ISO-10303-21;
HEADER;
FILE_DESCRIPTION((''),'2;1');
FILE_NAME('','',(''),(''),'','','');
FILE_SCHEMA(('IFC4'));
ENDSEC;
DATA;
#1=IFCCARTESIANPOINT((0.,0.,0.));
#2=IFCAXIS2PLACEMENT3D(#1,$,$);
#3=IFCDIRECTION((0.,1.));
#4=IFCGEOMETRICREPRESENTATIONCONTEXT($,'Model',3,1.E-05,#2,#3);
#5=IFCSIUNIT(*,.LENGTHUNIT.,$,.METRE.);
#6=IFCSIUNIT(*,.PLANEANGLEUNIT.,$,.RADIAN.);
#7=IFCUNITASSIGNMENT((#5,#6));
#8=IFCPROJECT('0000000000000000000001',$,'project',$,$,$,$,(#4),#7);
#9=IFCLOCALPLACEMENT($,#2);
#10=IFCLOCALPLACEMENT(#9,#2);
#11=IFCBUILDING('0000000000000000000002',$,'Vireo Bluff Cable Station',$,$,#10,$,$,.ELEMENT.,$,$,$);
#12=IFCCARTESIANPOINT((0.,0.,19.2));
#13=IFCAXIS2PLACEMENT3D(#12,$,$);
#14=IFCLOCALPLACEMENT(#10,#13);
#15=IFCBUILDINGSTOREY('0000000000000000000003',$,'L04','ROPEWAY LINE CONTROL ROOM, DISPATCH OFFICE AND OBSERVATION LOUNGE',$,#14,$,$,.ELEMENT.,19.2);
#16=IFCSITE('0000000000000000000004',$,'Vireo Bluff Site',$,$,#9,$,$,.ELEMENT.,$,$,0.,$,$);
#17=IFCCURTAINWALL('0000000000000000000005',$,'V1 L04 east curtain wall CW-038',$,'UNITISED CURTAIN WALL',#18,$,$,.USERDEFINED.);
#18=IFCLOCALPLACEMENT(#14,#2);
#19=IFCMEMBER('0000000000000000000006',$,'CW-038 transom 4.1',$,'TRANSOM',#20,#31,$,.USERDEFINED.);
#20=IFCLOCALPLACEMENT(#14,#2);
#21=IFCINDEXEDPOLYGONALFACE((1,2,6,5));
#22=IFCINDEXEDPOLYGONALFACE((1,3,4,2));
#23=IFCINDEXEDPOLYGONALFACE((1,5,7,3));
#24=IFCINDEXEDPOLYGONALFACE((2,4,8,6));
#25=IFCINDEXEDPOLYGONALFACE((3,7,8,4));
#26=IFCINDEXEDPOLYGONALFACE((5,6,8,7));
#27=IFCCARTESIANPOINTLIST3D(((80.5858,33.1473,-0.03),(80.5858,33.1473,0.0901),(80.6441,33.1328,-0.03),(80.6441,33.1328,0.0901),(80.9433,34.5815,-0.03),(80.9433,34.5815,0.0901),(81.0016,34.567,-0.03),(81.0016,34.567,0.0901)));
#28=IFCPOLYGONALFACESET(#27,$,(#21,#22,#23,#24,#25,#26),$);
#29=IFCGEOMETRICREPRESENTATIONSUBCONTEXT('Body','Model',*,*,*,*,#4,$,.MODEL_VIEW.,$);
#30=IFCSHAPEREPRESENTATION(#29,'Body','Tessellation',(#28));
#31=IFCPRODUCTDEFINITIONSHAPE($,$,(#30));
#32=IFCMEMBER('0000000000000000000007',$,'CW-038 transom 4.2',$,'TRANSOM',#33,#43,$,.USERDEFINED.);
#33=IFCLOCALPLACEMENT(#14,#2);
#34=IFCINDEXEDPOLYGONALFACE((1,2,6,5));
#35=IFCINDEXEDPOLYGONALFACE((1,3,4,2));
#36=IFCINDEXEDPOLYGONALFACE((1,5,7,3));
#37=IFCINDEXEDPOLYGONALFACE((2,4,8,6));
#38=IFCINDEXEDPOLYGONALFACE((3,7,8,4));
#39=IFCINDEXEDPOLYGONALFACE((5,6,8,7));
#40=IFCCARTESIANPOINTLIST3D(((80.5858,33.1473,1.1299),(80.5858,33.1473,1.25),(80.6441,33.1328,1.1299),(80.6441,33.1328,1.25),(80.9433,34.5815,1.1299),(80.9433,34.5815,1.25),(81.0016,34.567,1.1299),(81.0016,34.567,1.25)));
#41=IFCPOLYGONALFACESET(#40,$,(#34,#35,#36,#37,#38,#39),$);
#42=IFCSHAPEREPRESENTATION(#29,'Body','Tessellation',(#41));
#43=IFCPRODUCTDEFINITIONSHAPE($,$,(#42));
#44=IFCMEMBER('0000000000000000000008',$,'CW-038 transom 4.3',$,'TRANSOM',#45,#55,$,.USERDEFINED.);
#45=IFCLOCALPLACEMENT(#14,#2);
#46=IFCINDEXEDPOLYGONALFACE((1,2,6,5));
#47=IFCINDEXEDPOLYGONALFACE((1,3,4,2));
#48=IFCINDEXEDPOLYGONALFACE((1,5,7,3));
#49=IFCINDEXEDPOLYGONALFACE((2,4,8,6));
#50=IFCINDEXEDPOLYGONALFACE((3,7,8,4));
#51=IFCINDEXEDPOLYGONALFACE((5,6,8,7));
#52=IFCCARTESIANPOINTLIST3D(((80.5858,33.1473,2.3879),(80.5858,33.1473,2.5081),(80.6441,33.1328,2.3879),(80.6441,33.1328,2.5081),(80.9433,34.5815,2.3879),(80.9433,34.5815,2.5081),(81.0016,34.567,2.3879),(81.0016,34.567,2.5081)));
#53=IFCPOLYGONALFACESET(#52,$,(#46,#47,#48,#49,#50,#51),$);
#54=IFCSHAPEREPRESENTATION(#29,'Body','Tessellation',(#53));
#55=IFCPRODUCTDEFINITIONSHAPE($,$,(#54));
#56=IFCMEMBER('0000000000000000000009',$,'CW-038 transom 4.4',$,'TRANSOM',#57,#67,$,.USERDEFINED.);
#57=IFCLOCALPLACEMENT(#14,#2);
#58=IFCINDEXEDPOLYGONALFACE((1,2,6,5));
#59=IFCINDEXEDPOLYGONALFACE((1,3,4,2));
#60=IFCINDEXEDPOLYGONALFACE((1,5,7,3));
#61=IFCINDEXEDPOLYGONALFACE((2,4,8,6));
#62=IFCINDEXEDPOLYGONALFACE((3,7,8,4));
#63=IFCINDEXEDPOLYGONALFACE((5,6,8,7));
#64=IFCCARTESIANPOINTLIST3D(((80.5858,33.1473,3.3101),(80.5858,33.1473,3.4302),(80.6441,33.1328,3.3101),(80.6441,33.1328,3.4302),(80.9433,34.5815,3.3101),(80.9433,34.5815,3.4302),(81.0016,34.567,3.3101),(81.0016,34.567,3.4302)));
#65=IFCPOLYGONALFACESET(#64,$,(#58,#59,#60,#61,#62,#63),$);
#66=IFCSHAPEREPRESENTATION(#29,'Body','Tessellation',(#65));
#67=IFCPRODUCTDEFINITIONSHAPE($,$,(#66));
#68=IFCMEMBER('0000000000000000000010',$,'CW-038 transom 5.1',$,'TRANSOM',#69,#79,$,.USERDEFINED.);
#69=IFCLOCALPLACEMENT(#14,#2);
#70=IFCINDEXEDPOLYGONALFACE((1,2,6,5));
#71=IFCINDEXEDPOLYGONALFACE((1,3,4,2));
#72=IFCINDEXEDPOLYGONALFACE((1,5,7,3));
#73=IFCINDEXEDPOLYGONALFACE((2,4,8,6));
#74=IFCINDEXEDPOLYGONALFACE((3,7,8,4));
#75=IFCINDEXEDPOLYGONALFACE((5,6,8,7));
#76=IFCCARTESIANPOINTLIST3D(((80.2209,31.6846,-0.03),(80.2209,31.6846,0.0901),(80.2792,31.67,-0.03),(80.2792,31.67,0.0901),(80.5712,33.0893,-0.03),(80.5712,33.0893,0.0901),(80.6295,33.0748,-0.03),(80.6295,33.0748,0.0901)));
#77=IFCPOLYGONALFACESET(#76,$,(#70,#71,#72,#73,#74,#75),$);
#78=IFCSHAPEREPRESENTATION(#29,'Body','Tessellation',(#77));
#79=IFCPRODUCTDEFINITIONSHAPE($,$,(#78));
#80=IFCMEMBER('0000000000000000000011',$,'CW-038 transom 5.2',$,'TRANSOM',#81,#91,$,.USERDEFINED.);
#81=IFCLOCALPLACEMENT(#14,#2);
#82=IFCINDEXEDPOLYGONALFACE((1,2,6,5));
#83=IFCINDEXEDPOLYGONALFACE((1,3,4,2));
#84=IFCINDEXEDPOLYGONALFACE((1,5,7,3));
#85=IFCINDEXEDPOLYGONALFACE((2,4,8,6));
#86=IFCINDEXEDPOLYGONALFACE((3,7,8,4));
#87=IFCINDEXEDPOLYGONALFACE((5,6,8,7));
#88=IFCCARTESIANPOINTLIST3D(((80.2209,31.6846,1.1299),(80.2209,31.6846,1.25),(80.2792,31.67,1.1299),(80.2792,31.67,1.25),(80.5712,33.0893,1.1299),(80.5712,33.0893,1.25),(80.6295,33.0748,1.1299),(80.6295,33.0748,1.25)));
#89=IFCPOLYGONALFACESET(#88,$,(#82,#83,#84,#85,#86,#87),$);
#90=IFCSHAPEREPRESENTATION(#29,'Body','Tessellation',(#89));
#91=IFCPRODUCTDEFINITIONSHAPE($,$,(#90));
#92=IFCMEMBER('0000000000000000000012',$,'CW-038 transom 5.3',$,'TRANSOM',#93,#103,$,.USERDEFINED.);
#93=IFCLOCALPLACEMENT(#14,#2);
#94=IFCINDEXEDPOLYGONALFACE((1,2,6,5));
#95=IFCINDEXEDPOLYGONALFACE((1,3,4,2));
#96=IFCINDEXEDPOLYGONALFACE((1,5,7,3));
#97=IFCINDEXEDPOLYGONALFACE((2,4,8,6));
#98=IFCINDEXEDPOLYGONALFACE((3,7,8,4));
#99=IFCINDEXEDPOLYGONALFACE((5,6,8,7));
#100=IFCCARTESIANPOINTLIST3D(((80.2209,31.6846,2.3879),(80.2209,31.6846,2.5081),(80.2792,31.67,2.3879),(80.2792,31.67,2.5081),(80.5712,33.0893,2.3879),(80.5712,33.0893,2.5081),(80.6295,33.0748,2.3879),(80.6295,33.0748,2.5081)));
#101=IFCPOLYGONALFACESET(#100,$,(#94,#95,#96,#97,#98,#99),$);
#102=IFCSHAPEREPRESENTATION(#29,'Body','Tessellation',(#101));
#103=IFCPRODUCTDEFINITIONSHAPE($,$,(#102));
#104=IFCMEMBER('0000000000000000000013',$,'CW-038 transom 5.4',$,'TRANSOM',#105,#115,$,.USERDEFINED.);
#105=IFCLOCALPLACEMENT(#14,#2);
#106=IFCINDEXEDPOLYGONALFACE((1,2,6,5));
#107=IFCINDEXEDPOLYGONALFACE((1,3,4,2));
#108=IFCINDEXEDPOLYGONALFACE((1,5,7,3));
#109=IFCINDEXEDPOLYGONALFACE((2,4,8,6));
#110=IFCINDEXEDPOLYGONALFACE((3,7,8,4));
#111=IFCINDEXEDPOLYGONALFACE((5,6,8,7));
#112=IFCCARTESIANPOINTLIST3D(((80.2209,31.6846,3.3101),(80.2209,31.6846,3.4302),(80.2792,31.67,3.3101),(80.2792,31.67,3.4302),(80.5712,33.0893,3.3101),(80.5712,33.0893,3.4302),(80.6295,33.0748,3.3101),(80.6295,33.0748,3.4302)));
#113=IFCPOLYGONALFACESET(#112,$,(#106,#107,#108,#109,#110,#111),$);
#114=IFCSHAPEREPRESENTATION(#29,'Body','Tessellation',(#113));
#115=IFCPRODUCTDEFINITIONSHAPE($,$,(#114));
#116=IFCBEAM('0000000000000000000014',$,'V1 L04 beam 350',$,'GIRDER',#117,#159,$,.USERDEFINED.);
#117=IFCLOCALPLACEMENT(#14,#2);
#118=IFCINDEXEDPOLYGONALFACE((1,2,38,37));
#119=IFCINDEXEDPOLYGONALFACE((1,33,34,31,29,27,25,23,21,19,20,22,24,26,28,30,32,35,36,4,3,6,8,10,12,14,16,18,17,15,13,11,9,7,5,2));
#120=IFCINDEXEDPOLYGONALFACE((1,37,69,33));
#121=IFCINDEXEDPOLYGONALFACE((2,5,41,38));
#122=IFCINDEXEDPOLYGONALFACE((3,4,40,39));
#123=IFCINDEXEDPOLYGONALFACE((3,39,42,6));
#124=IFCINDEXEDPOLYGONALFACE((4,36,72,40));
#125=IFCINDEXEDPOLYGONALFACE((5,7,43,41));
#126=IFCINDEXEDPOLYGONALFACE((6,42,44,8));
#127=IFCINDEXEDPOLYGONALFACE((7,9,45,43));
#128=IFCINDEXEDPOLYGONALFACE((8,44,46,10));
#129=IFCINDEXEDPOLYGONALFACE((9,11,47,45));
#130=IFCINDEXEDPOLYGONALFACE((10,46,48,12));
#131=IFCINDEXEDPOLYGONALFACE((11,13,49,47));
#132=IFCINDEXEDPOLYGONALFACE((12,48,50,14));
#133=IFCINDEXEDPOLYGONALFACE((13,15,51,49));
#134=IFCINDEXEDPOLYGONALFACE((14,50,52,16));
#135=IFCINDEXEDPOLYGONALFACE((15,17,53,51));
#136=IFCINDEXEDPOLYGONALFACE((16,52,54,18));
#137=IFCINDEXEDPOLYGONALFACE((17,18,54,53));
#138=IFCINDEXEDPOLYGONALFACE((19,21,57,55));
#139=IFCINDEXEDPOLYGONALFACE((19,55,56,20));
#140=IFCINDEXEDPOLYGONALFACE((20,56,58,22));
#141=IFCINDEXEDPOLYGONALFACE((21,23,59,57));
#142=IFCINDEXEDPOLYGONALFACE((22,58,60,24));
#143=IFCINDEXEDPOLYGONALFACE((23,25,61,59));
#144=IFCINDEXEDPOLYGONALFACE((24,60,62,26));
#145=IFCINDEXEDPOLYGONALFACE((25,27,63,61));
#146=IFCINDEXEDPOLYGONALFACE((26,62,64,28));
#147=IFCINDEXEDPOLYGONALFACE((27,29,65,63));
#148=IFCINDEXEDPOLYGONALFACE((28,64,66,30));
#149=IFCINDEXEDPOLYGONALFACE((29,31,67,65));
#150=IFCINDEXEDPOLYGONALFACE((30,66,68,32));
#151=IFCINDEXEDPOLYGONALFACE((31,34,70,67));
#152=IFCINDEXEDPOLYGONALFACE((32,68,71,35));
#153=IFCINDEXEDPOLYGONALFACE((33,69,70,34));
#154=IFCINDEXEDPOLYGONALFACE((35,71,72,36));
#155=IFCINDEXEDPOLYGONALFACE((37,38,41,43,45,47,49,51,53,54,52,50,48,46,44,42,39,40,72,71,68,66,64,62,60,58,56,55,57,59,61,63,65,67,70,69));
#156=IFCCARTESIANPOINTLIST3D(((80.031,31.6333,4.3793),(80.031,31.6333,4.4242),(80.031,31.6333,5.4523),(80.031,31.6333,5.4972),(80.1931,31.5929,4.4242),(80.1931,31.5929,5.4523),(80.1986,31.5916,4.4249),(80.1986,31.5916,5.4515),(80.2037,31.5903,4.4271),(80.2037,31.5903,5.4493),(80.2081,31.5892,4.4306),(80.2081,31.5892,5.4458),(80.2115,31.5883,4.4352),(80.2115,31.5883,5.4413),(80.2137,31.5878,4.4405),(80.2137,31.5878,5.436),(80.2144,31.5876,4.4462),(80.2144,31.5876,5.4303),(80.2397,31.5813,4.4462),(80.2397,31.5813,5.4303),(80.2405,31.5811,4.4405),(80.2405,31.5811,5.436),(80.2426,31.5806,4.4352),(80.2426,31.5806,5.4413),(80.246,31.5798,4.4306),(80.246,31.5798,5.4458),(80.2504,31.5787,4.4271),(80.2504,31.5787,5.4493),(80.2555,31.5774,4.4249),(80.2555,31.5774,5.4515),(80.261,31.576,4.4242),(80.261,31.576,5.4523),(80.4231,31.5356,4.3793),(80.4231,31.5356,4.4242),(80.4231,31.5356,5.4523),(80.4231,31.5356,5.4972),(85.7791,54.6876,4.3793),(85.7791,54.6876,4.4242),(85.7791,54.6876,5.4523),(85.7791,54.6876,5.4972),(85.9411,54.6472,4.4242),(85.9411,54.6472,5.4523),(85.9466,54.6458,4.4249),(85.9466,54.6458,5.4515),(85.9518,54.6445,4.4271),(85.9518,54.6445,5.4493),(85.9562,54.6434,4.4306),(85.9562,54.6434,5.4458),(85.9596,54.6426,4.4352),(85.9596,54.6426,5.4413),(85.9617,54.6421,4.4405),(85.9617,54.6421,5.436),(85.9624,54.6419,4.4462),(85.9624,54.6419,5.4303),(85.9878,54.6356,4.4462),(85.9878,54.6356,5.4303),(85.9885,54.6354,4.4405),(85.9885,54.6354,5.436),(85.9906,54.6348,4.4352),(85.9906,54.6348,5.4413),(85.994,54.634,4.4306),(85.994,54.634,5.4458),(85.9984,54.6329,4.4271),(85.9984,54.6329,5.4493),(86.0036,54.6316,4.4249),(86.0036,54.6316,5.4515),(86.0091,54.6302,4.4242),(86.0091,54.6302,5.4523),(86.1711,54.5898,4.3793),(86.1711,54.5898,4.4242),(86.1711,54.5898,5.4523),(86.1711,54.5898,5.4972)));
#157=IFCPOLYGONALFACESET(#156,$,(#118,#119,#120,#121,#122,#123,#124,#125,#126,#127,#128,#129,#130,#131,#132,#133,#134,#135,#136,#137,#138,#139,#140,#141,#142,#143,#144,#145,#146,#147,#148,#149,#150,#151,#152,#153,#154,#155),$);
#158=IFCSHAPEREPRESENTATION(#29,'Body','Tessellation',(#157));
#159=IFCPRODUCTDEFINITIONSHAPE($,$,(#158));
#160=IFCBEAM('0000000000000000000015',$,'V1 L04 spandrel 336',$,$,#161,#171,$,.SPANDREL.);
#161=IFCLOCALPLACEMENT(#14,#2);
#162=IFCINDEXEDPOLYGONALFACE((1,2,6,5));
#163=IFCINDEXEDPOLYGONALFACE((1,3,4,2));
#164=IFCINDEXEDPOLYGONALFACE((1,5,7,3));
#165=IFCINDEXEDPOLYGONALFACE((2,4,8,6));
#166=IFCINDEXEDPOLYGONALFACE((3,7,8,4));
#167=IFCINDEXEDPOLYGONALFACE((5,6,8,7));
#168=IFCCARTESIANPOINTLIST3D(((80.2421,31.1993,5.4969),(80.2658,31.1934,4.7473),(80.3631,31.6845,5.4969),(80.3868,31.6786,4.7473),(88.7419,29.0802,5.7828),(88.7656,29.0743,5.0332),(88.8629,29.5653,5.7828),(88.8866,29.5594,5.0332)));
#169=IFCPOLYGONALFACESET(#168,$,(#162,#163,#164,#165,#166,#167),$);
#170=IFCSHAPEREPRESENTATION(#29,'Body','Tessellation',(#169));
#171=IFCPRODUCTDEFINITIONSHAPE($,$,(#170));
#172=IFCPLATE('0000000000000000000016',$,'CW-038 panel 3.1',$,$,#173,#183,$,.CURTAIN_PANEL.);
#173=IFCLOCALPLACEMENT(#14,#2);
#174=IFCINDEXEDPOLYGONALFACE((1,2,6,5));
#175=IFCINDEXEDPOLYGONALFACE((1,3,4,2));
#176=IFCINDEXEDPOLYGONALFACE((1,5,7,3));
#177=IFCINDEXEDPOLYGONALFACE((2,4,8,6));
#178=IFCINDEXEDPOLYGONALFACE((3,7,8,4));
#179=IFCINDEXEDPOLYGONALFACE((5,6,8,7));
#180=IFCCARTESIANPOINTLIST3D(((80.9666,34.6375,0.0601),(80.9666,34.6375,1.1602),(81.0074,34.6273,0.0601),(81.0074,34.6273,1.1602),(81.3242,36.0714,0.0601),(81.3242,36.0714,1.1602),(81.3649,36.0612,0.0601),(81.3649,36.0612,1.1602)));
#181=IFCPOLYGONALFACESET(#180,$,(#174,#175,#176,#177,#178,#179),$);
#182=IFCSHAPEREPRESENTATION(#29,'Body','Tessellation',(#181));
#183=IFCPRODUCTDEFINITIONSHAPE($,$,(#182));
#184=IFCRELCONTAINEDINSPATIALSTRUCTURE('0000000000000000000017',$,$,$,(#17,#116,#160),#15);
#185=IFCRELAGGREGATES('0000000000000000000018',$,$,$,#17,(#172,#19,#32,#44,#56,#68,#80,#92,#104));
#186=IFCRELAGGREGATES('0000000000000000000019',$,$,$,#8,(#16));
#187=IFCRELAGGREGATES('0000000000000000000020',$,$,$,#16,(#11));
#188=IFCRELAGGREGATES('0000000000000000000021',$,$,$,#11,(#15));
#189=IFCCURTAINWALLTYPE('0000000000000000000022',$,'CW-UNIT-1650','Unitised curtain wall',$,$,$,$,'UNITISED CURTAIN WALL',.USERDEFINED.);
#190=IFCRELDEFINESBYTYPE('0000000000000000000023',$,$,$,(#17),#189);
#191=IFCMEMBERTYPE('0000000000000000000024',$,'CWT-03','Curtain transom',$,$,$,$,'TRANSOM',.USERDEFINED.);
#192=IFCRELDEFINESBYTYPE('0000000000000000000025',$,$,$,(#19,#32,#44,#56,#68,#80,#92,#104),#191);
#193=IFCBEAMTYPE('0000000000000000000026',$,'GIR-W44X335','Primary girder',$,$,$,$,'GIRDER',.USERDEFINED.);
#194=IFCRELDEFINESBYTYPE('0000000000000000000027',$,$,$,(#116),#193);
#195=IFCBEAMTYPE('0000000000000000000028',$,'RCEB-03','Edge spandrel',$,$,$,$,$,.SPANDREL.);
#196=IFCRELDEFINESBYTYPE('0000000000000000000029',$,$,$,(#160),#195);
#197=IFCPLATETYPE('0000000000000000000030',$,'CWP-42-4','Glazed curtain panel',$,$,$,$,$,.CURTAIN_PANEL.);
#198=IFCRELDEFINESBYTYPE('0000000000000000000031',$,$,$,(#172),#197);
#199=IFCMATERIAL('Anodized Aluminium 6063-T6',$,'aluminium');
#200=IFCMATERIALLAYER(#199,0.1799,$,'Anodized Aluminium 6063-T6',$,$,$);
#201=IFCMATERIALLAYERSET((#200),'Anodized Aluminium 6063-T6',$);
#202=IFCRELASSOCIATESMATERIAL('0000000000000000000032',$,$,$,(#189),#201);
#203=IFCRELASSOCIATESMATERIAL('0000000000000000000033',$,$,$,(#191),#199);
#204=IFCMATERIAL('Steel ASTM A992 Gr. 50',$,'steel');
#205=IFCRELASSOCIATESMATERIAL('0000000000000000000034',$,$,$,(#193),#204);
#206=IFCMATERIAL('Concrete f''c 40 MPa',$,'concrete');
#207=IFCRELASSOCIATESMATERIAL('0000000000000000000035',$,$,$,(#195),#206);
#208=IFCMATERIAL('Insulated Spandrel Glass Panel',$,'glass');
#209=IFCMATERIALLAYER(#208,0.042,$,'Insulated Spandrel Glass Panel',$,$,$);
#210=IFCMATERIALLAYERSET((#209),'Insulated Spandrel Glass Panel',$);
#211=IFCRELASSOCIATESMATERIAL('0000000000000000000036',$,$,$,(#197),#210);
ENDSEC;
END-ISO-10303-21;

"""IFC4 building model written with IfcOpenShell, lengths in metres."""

from ifc_helpers import new_model, si_unit, direction, frame, origin, origin_2d, place, context, subcontext, project, spatial, rectangle, i_section, extrude, material, layer, layer_set, material_profile, profile_set, type_object, element, aggregate, save


model = new_model("IFC4")

# Units and contexts
model_context = context("Model", 3, precision=1e-05, world=origin(), true_north=direction((0.0, 1.0)))
body_context = subcontext(model_context, "Body", "Model", "MODEL_VIEW")
ifc_project = project(units=[si_unit("LENGTHUNIT", "METRE"), si_unit("PLANEANGLEUNIT", "RADIAN")], contexts=[model_context])

# Site, building, storey
site_placement = place(None, origin())
site = spatial("IfcSite", under=ifc_project, at=site_placement, Name="Vireo Bluff Site", CompositionType="ELEMENT", RefElevation=0.0)
building_placement = place(site_placement, origin())
building = spatial("IfcBuilding", under=site, at=building_placement, Name="Vireo Bluff Cable Station", CompositionType="ELEMENT")
storey_placement = place(building_placement, frame((0.0, 0.0, 19.2)))
storey = spatial("IfcBuildingStorey", under=building, at=storey_placement, Name="L04", Description="ROPEWAY LINE CONTROL ROOM, DISPATCH OFFICE AND OBSERVATION LOUNGE", CompositionType="ELEMENT", Elevation=19.2)

# Shared definitions
ifc_material_1 = material(Name="Steel ASTM A992 Gr. 50", Category="steel")

# Curtain wall, members
ifc_material_2 = material(Name="Anodized Aluminium 6063-T6", Category="aluminium")
ifc_layer_1 = layer(ifc_material_2, 0.1799, Name="Anodized Aluminium 6063-T6")
ifc_layer_set_1 = layer_set([ifc_layer_1], Name="Anodized Aluminium 6063-T6")
curtain_wall_type = type_object("IfcCurtainWallType", Name="CW-UNIT-1650", Description="Unitised curtain wall", ElementType="UNITISED CURTAIN WALL", PredefinedType="USERDEFINED", material=ifc_layer_set_1)
curtain_wall_placement = place(storey_placement, origin())
curtain_wall = element("IfcCurtainWall", 1, at=curtain_wall_placement, inside=storey, type_object=curtain_wall_type, Name="V1 L04 east curtain wall CW-038", ObjectType="UNITISED CURTAIN WALL", PredefinedType="USERDEFINED")
ifc_material_profile_1 = material_profile(ifc_material_2, rectangle(XDim=0.0601, YDim=0.1201, at=origin_2d()), Name="ALU-T-60X120")
ifc_profile_set_1 = profile_set([ifc_material_profile_1], Name="Anodized Aluminium 6063-T6")
member_type_1 = type_object("IfcMemberType", Name="CWT-03", Description="Curtain transom", ElementType="TRANSOM", PredefinedType="USERDEFINED", material=ifc_profile_set_1)
member_1_placement = place(storey_placement, frame((80.9724, 34.5742, 0.03), z_axis=(-0.241836, -0.970317, 0.0), x_axis=(0.970317, -0.241836, 0.0)))
member_1 = element("IfcMember", 2, at=member_1_placement, type_object=member_type_1, Name="CW-038 transom 4.1", ObjectType="TRANSOM", PredefinedType="USERDEFINED", context=body_context, shape_type="SweptSolid", body=[
    extrude(rectangle(XDim=0.0601, YDim=0.1201, at=origin_2d()), origin(), (0.0, 0.0, 1.0), 1.478),
])
member_2_placement = place(storey_placement, frame((80.9724, 34.5742, 1.1899), z_axis=(-0.241836, -0.970317, 0.0), x_axis=(0.970317, -0.241836, 0.0)))
member_2 = element("IfcMember", 3, at=member_2_placement, type_object=member_type_1, Name="CW-038 transom 4.2", ObjectType="TRANSOM", PredefinedType="USERDEFINED", context=body_context, shape_type="SweptSolid", body=[
    extrude(rectangle(XDim=0.0601, YDim=0.1201, at=origin_2d()), origin(), (0.0, 0.0, 1.0), 1.478),
])
member_3_placement = place(storey_placement, frame((80.9724, 34.5742, 2.448), z_axis=(-0.241836, -0.970317, 0.0), x_axis=(0.970317, -0.241836, 0.0)))
member_3 = element("IfcMember", 4, at=member_3_placement, type_object=member_type_1, Name="CW-038 transom 4.3", ObjectType="TRANSOM", PredefinedType="USERDEFINED", context=body_context, shape_type="SweptSolid", body=[
    extrude(rectangle(XDim=0.0601, YDim=0.1201, at=origin_2d()), origin(), (0.0, 0.0, 1.0), 1.478),
])
member_4_placement = place(storey_placement, frame((80.9724, 34.5742, 3.3701), z_axis=(-0.241836, -0.970317, 0.0), x_axis=(0.970317, -0.241836, 0.0)))
member_4 = element("IfcMember", 5, at=member_4_placement, type_object=member_type_1, Name="CW-038 transom 4.4", ObjectType="TRANSOM", PredefinedType="USERDEFINED", context=body_context, shape_type="SweptSolid", body=[
    extrude(rectangle(XDim=0.0601, YDim=0.1201, at=origin_2d()), origin(), (0.0, 0.0, 1.0), 1.478),
])
member_5_placement = place(storey_placement, frame((80.6003, 33.082, 0.03), z_axis=(-0.24198, -0.970281, 0.0), x_axis=(0.970281, -0.24198, 0.0)))
member_5 = element("IfcMember", 6, at=member_5_placement, type_object=member_type_1, Name="CW-038 transom 5.1", ObjectType="TRANSOM", PredefinedType="USERDEFINED", context=body_context, shape_type="SweptSolid", body=[
    extrude(rectangle(XDim=0.0601, YDim=0.1201, at=origin_2d()), origin(), (0.0, 0.0, 1.0), 1.4478),
])
member_6_placement = place(storey_placement, frame((80.6003, 33.082, 1.1899), z_axis=(-0.24198, -0.970281, 0.0), x_axis=(0.970281, -0.24198, 0.0)))
member_6 = element("IfcMember", 7, at=member_6_placement, type_object=member_type_1, Name="CW-038 transom 5.2", ObjectType="TRANSOM", PredefinedType="USERDEFINED", context=body_context, shape_type="SweptSolid", body=[
    extrude(rectangle(XDim=0.0601, YDim=0.1201, at=origin_2d()), origin(), (0.0, 0.0, 1.0), 1.4478),
])
member_7_placement = place(storey_placement, frame((80.6003, 33.082, 2.448), z_axis=(-0.24198, -0.970281, 0.0), x_axis=(0.970281, -0.24198, 0.0)))
member_7 = element("IfcMember", 8, at=member_7_placement, type_object=member_type_1, Name="CW-038 transom 5.3", ObjectType="TRANSOM", PredefinedType="USERDEFINED", context=body_context, shape_type="SweptSolid", body=[
    extrude(rectangle(XDim=0.0601, YDim=0.1201, at=origin_2d()), origin(), (0.0, 0.0, 1.0), 1.4478),
])
member_8_placement = place(storey_placement, frame((80.6003, 33.082, 3.3701), z_axis=(-0.24198, -0.970281, 0.0), x_axis=(0.970281, -0.24198, 0.0)))
member_8 = element("IfcMember", 9, at=member_8_placement, type_object=member_type_1, Name="CW-038 transom 5.4", ObjectType="TRANSOM", PredefinedType="USERDEFINED", context=body_context, shape_type="SweptSolid", body=[
    extrude(rectangle(XDim=0.0601, YDim=0.1201, at=origin_2d()), origin(), (0.0, 0.0, 1.0), 1.4478),
])

# Beams
ifc_material_profile_2 = material_profile(ifc_material_1, i_section(OverallWidth=0.4041, OverallDepth=1.1179, WebThickness=0.0261, FlangeThickness=0.0449, FilletRadius=0.022, at=origin_2d()), Name="W44X335")
ifc_profile_set_2 = profile_set([ifc_material_profile_2], Name="Steel ASTM A992 Gr. 50")
beam_type_1 = type_object("IfcBeamType", Name="GIR-W44X335", Description="Primary girder", ElementType="GIRDER", PredefinedType="USERDEFINED", material=ifc_profile_set_2)
beam_1_placement = place(storey_placement, frame((80.2271, 31.5845, 4.9382), z_axis=(0.241921, 0.970296, 0.0), x_axis=(-0.970296, 0.241921, 0.0)))
element("IfcBeam", 10, at=beam_1_placement, inside=storey, type_object=beam_type_1, Name="V1 L04 beam 350", ObjectType="GIRDER", PredefinedType="USERDEFINED", context=body_context, shape_type="SweptSolid", body=[
    extrude(i_section(OverallWidth=0.4041, OverallDepth=1.1179, WebThickness=0.0261, FlangeThickness=0.0449, FilletRadius=0.022, at=origin_2d()), origin(), (0.0, 0.0, 1.0), 23.76),
])
ifc_material_3 = material(Name="Concrete f'c 40 MPa", Category="concrete")
ifc_material_profile_3 = material_profile(ifc_material_3, rectangle(XDim=0.5, YDim=0.75, at=origin_2d()), Name="RC-EB-500X750")
ifc_profile_set_3 = profile_set([ifc_material_profile_3], Name="Concrete f'c 40 MPa")
beam_type_2 = type_object("IfcBeamType", Name="RCEB-03", Description="Edge spandrel", PredefinedType="SPANDREL", material=ifc_profile_set_3)
beam_2_placement = place(storey_placement, frame((80.3145, 31.439, 5.1221), z_axis=(0.969782, -0.241784, 0.032619), x_axis=(0.241913, 0.970298, 0.0)))
element("IfcBeam", 11, at=beam_2_placement, inside=storey, type_object=beam_type_2, Name="V1 L04 spandrel 336", PredefinedType="SPANDREL", context=body_context, shape_type="SweptSolid", body=[
    extrude(rectangle(XDim=0.5, YDim=0.75, at=origin_2d()), origin(), (0.0, 0.0, 1.0), 8.7646),
])

# Plate
ifc_material_4 = material(Name="Insulated Spandrel Glass Panel", Category="glass")
ifc_layer_2 = layer(ifc_material_4, 0.042, Name="Insulated Spandrel Glass Panel")
ifc_layer_set_2 = layer_set([ifc_layer_2], Name="Insulated Spandrel Glass Panel")
plate_type_1 = type_object("IfcPlateType", Name="CWP-42-4", Description="Glazed curtain panel", PredefinedType="CURTAIN_PANEL", material=ifc_layer_set_2)
plate_1_placement = place(storey_placement, frame((81.1658, 35.3494, 0.0601), z_axis=(0.0, 0.0, 1.0), x_axis=(-0.241922, -0.970296, 0.0)))
plate_1 = element("IfcPlate", 12, at=plate_1_placement, type_object=plate_type_1, Name="CW-038 panel 3.1", PredefinedType="CURTAIN_PANEL", context=body_context, shape_type="SweptSolid", body=[
    extrude(rectangle(XDim=1.4778, YDim=0.042, at=origin_2d()), origin(), (0.0, 0.0, 1.0), 1.1001),
])
aggregate(curtain_wall, [plate_1, member_1, member_2, member_3, member_4, member_5, member_6, member_7, member_8])

save(model, "model.ifc")
